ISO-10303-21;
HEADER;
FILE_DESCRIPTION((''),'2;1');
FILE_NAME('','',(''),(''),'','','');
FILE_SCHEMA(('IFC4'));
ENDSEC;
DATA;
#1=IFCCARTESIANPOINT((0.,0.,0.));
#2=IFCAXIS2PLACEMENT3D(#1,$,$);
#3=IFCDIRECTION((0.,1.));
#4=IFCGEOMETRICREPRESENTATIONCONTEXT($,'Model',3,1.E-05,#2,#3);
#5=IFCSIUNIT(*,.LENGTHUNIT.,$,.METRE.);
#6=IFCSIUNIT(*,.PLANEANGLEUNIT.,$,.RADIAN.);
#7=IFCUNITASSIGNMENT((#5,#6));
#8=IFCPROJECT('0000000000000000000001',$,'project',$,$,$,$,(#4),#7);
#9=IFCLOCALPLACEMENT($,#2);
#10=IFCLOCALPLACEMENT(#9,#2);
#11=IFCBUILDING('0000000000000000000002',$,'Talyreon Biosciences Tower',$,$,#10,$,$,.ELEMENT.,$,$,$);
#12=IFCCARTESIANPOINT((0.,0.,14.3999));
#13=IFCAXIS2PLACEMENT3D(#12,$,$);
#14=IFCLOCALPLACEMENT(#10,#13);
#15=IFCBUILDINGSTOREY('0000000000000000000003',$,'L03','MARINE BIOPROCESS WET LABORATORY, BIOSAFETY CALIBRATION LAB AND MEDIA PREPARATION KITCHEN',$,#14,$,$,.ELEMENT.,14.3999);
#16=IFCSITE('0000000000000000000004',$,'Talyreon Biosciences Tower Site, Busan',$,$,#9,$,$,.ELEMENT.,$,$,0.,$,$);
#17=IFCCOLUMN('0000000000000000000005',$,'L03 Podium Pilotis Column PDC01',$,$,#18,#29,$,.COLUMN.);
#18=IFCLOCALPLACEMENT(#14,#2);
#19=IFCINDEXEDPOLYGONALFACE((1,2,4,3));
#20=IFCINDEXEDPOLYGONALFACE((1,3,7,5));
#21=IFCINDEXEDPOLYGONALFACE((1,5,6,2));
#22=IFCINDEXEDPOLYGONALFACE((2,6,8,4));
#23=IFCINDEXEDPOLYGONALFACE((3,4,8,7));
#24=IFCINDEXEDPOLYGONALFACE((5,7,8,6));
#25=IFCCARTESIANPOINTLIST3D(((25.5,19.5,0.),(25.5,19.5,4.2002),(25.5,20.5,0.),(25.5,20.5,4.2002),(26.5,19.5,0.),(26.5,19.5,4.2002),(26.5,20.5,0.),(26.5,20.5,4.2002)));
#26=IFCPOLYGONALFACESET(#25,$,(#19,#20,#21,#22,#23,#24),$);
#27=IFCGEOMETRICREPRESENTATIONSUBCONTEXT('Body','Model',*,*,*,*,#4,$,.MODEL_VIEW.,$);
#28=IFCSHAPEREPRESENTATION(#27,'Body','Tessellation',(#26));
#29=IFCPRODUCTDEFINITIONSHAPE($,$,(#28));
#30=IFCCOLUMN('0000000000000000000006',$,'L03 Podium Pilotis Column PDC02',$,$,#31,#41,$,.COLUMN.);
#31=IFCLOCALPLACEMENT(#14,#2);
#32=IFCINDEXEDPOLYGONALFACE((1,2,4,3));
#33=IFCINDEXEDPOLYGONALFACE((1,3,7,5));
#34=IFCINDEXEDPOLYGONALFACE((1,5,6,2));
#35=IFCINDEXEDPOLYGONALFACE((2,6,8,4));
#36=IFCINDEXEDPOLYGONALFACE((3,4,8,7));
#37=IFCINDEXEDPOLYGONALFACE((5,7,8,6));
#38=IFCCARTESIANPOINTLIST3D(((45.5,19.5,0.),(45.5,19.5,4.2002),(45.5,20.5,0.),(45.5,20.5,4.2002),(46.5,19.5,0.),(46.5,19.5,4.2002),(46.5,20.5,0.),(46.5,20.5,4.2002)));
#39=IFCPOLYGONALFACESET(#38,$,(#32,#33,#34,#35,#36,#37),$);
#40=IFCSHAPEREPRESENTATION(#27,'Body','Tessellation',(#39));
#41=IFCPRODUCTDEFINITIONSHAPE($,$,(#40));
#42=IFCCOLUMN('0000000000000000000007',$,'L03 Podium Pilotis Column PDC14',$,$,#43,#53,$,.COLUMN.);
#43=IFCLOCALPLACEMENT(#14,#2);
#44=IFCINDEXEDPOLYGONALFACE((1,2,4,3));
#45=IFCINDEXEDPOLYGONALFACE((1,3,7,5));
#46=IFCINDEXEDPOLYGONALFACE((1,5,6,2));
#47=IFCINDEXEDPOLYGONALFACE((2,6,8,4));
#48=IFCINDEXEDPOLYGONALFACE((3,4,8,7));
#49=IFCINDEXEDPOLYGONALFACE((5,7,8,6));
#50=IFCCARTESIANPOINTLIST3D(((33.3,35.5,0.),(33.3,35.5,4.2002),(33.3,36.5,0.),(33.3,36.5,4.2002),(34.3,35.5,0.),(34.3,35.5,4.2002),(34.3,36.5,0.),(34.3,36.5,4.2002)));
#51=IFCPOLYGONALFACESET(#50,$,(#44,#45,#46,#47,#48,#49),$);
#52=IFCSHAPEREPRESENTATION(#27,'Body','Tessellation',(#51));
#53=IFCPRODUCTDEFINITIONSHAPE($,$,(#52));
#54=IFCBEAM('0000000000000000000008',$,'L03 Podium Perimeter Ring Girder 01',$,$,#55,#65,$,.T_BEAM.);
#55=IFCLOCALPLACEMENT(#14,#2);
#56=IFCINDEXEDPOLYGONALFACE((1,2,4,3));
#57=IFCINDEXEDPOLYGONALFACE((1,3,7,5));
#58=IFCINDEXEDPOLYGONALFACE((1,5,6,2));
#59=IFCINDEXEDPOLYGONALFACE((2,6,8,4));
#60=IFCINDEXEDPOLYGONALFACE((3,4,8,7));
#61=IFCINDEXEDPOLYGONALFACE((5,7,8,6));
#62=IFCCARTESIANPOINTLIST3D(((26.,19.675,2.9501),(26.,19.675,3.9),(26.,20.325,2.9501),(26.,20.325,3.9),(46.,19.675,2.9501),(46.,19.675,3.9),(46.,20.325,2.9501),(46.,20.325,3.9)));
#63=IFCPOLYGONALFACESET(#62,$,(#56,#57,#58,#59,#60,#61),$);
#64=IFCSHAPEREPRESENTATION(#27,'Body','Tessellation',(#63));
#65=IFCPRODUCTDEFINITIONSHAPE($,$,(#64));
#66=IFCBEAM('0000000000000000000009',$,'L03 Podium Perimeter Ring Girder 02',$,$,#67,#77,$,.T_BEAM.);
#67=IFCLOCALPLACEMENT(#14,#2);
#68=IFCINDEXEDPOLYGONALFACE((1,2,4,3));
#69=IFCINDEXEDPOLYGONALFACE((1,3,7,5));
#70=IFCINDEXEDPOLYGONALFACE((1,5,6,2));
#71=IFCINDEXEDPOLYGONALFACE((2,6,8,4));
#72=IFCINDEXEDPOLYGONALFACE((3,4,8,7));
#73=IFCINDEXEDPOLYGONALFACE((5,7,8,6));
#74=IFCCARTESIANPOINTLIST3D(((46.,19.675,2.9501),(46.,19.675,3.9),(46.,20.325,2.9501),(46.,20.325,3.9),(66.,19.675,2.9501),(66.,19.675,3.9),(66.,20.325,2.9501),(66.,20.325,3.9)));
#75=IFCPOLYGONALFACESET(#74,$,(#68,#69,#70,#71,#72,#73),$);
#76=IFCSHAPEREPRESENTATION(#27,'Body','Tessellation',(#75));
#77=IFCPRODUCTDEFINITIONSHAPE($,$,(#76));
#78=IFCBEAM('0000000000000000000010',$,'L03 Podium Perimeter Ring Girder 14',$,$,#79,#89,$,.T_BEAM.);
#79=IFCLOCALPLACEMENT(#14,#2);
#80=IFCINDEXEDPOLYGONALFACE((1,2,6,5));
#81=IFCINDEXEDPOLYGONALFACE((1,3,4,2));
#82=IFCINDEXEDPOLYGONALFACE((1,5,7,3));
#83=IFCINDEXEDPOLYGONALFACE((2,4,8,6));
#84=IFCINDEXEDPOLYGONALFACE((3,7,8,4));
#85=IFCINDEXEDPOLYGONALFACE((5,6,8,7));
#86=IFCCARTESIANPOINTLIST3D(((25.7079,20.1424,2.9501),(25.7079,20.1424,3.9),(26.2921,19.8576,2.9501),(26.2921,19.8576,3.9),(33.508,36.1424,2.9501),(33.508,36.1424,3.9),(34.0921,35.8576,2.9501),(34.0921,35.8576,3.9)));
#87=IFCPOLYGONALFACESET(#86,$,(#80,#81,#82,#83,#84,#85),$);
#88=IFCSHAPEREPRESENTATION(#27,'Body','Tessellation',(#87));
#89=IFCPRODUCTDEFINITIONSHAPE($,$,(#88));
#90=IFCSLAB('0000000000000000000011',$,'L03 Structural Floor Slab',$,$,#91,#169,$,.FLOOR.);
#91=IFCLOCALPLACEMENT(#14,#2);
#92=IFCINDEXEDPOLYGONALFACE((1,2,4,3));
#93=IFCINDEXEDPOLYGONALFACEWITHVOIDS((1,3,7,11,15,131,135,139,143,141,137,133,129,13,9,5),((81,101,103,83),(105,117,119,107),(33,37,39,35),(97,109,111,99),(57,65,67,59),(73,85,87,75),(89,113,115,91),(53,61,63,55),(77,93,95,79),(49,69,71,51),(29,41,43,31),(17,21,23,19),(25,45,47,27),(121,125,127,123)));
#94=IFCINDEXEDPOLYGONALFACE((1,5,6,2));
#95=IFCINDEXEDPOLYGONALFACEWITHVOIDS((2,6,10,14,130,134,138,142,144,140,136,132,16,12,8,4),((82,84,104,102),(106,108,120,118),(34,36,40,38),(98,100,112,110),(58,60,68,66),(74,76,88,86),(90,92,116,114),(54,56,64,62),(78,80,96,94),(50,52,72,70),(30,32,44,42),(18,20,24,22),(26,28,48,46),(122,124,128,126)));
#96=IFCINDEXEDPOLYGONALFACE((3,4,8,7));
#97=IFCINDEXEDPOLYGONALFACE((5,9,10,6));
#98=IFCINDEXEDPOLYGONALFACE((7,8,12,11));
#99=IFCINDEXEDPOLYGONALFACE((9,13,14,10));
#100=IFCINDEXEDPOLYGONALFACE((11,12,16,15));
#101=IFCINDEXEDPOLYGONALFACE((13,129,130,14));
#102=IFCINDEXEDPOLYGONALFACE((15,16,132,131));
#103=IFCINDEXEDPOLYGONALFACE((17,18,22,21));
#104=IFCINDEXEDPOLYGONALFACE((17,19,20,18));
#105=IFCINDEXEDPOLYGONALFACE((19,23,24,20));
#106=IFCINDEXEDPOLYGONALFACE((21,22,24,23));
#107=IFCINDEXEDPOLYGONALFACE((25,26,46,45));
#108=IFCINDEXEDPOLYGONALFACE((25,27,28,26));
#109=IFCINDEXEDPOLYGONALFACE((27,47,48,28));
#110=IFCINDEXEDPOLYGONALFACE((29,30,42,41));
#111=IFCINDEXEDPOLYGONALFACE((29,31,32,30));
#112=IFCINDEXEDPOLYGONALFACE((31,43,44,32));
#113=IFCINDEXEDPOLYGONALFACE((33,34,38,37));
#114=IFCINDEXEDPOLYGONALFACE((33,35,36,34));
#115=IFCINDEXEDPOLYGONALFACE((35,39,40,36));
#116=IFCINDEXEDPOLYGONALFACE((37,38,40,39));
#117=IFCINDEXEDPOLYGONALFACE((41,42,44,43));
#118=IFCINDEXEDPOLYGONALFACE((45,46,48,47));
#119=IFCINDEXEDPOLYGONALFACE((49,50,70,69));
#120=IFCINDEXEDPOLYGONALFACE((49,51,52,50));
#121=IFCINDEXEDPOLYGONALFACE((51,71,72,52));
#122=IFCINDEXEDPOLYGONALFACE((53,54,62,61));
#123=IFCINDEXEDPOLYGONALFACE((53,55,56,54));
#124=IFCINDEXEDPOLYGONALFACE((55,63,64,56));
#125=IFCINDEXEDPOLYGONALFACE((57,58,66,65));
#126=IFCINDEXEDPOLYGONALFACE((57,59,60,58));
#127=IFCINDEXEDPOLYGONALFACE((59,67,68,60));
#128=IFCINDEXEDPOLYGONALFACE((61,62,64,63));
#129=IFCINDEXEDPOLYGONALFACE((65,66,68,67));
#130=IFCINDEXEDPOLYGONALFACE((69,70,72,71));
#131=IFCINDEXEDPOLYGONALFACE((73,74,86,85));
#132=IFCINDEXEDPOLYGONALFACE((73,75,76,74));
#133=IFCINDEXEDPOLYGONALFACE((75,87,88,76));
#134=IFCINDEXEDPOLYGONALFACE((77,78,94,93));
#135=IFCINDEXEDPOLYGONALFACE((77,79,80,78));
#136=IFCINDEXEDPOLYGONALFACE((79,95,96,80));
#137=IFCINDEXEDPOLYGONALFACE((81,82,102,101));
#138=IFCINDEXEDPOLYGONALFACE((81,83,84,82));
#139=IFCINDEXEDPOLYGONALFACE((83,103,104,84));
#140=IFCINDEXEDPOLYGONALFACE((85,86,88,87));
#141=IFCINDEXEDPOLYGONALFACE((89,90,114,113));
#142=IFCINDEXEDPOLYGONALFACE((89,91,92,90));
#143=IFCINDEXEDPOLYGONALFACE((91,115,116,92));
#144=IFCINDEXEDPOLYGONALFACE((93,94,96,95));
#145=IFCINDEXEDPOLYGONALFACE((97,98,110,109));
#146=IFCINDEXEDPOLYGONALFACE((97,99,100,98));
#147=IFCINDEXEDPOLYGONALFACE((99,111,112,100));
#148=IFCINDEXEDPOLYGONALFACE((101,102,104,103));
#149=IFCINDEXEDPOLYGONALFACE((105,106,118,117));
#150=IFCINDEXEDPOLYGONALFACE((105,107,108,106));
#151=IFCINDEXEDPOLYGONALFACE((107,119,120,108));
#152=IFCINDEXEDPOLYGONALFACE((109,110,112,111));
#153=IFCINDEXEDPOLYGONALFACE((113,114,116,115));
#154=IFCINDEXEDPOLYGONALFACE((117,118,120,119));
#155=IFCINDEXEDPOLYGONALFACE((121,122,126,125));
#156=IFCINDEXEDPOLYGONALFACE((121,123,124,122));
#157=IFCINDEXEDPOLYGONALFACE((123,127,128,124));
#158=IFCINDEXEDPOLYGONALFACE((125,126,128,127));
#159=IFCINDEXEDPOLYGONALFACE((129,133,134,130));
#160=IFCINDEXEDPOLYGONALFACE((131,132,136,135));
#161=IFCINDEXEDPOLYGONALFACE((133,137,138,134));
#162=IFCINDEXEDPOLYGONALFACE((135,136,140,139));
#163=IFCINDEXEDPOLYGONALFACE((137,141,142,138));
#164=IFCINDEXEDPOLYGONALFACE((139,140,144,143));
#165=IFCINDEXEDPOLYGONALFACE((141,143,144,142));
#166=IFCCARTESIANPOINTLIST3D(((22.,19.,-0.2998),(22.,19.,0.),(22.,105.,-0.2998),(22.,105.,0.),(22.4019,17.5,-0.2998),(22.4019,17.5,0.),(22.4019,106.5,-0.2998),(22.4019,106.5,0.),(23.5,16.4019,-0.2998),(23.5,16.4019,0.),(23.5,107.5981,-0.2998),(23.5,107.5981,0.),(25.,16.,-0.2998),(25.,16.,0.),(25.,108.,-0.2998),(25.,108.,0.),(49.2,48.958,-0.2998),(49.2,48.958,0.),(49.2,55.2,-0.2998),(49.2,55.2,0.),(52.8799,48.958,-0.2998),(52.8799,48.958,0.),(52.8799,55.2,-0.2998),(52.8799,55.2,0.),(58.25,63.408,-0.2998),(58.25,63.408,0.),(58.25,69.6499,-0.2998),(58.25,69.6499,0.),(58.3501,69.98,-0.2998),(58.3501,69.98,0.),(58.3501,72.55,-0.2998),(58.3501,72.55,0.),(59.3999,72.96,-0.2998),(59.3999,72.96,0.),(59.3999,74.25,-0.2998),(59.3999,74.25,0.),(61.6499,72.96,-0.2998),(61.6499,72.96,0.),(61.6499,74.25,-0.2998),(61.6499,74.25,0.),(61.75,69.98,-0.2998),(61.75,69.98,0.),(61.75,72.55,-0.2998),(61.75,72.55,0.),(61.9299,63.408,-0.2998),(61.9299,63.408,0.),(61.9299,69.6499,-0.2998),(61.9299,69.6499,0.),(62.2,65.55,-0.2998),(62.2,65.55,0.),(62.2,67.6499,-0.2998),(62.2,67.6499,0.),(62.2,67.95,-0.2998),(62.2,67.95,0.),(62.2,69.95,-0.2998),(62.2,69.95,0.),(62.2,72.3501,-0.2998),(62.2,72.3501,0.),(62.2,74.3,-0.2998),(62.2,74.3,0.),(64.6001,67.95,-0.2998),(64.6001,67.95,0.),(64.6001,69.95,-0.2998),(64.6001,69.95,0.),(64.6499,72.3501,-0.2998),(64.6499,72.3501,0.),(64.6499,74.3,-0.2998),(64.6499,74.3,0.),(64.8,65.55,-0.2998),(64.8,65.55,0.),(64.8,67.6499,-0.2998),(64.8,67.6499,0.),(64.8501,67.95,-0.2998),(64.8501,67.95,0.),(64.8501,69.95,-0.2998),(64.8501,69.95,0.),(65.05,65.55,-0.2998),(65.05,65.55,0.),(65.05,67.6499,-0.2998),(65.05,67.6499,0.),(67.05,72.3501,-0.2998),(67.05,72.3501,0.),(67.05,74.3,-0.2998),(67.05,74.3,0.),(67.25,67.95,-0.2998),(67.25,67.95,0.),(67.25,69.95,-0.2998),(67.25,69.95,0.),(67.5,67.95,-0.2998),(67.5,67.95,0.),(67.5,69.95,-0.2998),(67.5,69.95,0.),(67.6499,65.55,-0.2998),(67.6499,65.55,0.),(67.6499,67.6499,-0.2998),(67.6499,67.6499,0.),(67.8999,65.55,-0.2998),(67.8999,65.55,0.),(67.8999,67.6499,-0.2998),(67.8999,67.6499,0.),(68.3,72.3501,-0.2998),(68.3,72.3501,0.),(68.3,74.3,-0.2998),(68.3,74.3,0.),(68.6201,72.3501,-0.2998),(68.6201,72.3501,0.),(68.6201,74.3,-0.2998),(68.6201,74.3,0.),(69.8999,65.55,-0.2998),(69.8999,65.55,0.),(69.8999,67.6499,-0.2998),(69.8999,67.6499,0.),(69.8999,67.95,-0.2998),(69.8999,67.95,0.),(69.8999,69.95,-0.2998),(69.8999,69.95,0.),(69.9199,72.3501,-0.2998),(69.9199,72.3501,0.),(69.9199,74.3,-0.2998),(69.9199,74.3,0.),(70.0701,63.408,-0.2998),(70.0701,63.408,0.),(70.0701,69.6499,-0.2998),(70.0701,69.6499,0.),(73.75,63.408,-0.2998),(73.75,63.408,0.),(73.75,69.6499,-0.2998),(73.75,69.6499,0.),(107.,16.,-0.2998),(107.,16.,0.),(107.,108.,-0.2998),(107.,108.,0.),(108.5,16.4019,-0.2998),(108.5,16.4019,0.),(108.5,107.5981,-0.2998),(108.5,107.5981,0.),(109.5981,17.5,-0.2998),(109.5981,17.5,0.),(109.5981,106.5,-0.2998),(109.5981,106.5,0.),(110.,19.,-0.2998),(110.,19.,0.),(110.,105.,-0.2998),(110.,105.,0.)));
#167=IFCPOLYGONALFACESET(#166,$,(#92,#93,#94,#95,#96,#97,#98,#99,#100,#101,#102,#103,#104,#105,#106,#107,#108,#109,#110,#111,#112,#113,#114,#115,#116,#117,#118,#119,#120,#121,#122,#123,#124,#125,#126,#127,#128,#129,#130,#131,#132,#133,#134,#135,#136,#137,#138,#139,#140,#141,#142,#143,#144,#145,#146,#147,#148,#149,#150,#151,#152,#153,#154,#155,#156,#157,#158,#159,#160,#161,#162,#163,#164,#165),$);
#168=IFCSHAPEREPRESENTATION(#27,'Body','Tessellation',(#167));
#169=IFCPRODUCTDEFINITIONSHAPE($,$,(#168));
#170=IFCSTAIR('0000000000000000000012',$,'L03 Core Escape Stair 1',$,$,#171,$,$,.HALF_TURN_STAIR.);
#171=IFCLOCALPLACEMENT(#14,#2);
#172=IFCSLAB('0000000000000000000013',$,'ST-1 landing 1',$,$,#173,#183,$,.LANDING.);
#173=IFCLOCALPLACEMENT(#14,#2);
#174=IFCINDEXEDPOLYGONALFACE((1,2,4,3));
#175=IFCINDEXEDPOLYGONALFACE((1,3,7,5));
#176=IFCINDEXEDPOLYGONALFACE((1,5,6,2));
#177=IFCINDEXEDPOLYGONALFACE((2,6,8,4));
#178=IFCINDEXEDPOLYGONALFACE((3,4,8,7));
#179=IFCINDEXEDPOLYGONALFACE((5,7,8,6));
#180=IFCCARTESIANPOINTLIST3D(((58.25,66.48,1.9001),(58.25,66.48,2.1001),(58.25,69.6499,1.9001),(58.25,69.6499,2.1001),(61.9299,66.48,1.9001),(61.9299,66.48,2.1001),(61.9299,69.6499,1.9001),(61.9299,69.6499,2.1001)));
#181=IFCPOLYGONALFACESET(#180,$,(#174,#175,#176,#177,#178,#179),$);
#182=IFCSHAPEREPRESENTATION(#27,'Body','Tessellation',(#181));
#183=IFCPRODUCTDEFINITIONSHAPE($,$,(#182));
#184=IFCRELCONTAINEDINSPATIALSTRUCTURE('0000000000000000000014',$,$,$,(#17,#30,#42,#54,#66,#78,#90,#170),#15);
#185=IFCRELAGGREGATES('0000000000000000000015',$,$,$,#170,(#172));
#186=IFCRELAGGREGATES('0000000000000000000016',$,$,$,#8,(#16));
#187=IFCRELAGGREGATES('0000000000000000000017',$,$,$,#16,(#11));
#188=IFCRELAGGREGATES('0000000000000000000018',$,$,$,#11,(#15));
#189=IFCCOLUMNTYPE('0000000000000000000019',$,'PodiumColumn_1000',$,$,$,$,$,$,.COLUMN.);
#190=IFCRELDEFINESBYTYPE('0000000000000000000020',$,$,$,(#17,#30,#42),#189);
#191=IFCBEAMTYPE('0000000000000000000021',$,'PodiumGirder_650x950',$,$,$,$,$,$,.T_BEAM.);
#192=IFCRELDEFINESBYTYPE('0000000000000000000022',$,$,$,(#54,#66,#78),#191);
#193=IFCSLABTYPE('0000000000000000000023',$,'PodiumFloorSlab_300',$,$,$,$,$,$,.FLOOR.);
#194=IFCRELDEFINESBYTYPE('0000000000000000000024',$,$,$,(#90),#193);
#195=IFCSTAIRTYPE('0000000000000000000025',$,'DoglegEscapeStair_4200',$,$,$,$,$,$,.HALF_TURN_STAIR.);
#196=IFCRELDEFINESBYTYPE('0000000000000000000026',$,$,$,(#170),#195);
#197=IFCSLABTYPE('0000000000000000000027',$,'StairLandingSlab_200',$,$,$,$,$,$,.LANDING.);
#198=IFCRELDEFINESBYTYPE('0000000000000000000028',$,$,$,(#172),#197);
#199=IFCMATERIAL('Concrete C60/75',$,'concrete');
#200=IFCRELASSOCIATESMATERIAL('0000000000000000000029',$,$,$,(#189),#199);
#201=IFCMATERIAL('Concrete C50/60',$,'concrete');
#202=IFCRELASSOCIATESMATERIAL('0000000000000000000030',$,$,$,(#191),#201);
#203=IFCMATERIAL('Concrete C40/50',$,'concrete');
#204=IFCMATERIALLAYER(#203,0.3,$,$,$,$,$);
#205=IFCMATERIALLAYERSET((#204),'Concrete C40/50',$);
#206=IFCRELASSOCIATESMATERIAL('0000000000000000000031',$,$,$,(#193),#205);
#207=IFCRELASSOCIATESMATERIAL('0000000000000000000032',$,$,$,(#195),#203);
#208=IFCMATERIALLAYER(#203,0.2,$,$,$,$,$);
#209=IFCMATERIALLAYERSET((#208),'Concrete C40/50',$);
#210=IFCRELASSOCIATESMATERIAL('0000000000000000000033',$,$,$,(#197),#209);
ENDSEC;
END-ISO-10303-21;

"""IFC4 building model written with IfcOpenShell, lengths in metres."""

from ifc_helpers import new_model, si_unit, direction, frame, origin, origin_2d, place, context, subcontext, project, spatial, polyline, rectangle, outline, extrude, material, layer, layer_set, material_profile, profile_set, type_object, element, aggregate, save


model = new_model("IFC4")

# Units and contexts
model_context = context("Model", 3, precision=1e-05, world=origin(), true_north=direction((0.0, 1.0)))
body_context = subcontext(model_context, "Body", "Model", "MODEL_VIEW")
ifc_project = project(units=[si_unit("LENGTHUNIT", "METRE"), si_unit("PLANEANGLEUNIT", "RADIAN")], contexts=[model_context])

# Site, building, storey
site_placement = place(None, origin())
site = spatial("IfcSite", under=ifc_project, at=site_placement, Name="Talyreon Biosciences Tower Site, Busan", CompositionType="ELEMENT", RefElevation=0.0)
building_placement = place(site_placement, origin())
building = spatial("IfcBuilding", under=site, at=building_placement, Name="Talyreon Biosciences Tower", CompositionType="ELEMENT")
storey_placement = place(building_placement, frame((0.0, 0.0, 14.3999)))
storey = spatial("IfcBuildingStorey", under=building, at=storey_placement, Name="L03", Description="MARINE BIOPROCESS WET LABORATORY, BIOSAFETY CALIBRATION LAB AND MEDIA PREPARATION KITCHEN", CompositionType="ELEMENT", Elevation=14.3999)

# Columns
ifc_material_1 = material(Name="Concrete C60/75", Category="concrete")
ifc_material_profile_1 = material_profile(ifc_material_1, rectangle(XDim=1.0, YDim=1.0, at=origin_2d()), Name="RC 1000x1000")
ifc_profile_set_1 = profile_set([ifc_material_profile_1], Name="Concrete C60/75")
column_type = type_object("IfcColumnType", Name="PodiumColumn_1000", PredefinedType="COLUMN", material=ifc_profile_set_1)
for number, where, z_axis, x_axis, name in (
    (1, (26.0, 20.0, 0.0), (0.0, 0.0, 1.0), (1.0, 0.0, 0.0), "L03 Podium Pilotis Column PDC01"),
    (2, (46.0, 20.0, 0.0), (0.0, 0.0, 1.0), (1.0, 0.0, 0.0), "L03 Podium Pilotis Column PDC02"),
    (3, (33.8, 36.0, 0.0), (0.0, 0.0, 1.0), (1.0, 0.0, 0.0), "L03 Podium Pilotis Column PDC14"),
):
    element("IfcColumn", number, at=place(storey_placement, frame(where, z_axis=z_axis, x_axis=x_axis)), inside=storey, type_object=column_type, Name=name, PredefinedType="COLUMN", context=body_context, shape_type="SweptSolid", body=[
        extrude(rectangle(XDim=1.0, YDim=1.0, at=origin_2d()), origin(), (0.0, 0.0, 1.0), 4.2002),
    ])

# Beams
ifc_material_2 = material(Name="Concrete C50/60", Category="concrete")
ifc_material_profile_2 = material_profile(ifc_material_2, rectangle(XDim=0.6499, YDim=0.95, at=origin_2d()), Name="RCB 650x950")
ifc_profile_set_2 = profile_set([ifc_material_profile_2], Name="Concrete C50/60")
beam_type = type_object("IfcBeamType", Name="PodiumGirder_650x950", PredefinedType="T_BEAM", material=ifc_profile_set_2)
for number, where, z_axis, x_axis, name in (
    (4, (26.0, 20.0, 3.425), (1.0, 0.0, 0.0), (0.0, 1.0, 0.0), "L03 Podium Perimeter Ring Girder 01"),
    (5, (46.0, 20.0, 3.425), (1.0, 0.0, 0.0), (0.0, 1.0, 0.0), "L03 Podium Perimeter Ring Girder 02"),
):
    element("IfcBeam", number, at=place(storey_placement, frame(where, z_axis=z_axis, x_axis=x_axis)), inside=storey, type_object=beam_type, Name=name, PredefinedType="T_BEAM", context=body_context, shape_type="SweptSolid", body=[
        extrude(rectangle(XDim=0.6499, YDim=0.95, at=origin_2d()), origin(), (0.0, 0.0, 1.0), 20.0),
    ])
beam_placement = place(storey_placement, frame((33.8, 36.0, 3.425), z_axis=(-0.438204, -0.898875, 0.0), x_axis=(0.898875, -0.438204, 0.0)))
element("IfcBeam", 6, at=beam_placement, inside=storey, type_object=beam_type, Name="L03 Podium Perimeter Ring Girder 14", PredefinedType="T_BEAM", context=body_context, shape_type="SweptSolid", body=[
    extrude(rectangle(XDim=0.6499, YDim=0.95, at=origin_2d()), origin(), (0.0, 0.0, 1.0), 17.8),
])

# Slab
ifc_material_3 = material(Name="Concrete C40/50", Category="concrete")
ifc_layer_1 = layer(ifc_material_3, 0.3)
ifc_layer_set_1 = layer_set([ifc_layer_1], Name="Concrete C40/50")
slab_type_1 = type_object("IfcSlabType", Name="PodiumFloorSlab_300", PredefinedType="FLOOR", material=ifc_layer_set_1)
slab_1_placement = place(storey_placement, frame((0.0, 0.0, -0.2998)))
element("IfcSlab", 7, at=slab_1_placement, inside=storey, type_object=slab_type_1, Name="L03 Structural Floor Slab", PredefinedType="FLOOR", context=body_context, shape_type="SweptSolid", body=[
    extrude(outline(polyline([(107.0, 16.0), (25.0, 16.0), (23.5, 16.4019), (22.4019, 17.5), (22.0, 19.0), (22.0, 105.0), (22.4019, 106.5), (23.5, 107.5981), (25.0, 108.0), (107.0, 108.0), (108.5, 107.5981), (109.5981, 106.5), (110.0, 105.0), (110.0, 19.0), (109.5981, 17.5), (108.5, 16.4019), (107.0, 16.0)]), holes=[polyline([(52.8799, 55.2), (52.8799, 48.958), (49.2, 48.958), (49.2, 55.2), (52.8799, 55.2)]), polyline([(61.9299, 63.408), (58.25, 63.408), (58.25, 69.6499), (61.9299, 69.6499), (61.9299, 63.408)]), polyline([(64.8, 65.55), (62.2, 65.55), (62.2, 67.6499), (64.8, 67.6499), (64.8, 65.55)]), polyline([(64.6001, 67.95), (62.2, 67.95), (62.2, 69.95), (64.6001, 69.95), (64.6001, 67.95)]), polyline([(61.75, 69.98), (58.3501, 69.98), (58.3501, 72.55), (61.75, 72.55), (61.75, 69.98)]), polyline([(64.6499, 72.3501), (62.2, 72.3501), (62.2, 74.3), (64.6499, 74.3), (64.6499, 72.3501)]), polyline([(61.6499, 72.96), (59.3999, 72.96), (59.3999, 74.25), (61.6499, 74.25), (61.6499, 72.96)]), polyline([(73.75, 69.6499), (73.75, 63.408), (70.0701, 63.408), (70.0701, 69.6499), (73.75, 69.6499)]), polyline([(67.6499, 65.55), (65.05, 65.55), (65.05, 67.6499), (67.6499, 67.6499), (67.6499, 65.55)]), polyline([(69.8999, 65.55), (67.8999, 65.55), (67.8999, 67.6499), (69.8999, 67.6499), (69.8999, 65.55)]), polyline([(67.25, 67.95), (64.8501, 67.95), (64.8501, 69.95), (67.25, 69.95), (67.25, 67.95)]), polyline([(69.8999, 67.95), (67.5, 67.95), (67.5, 69.95), (69.8999, 69.95), (69.8999, 67.95)]), polyline([(68.3, 72.3501), (67.05, 72.3501), (67.05, 74.3), (68.3, 74.3), (68.3, 72.3501)]), polyline([(69.9199, 72.3501), (68.6201, 72.3501), (68.6201, 74.3), (69.9199, 74.3), (69.9199, 72.3501)])]), origin(), (0.0, 0.0, 1.0), 0.2998),
])

# Stair, slab
stair_type = type_object("IfcStairType", Name="DoglegEscapeStair_4200", PredefinedType="HALF_TURN_STAIR", material=ifc_material_3)
stair_1_placement = place(storey_placement, origin())
stair_1 = element("IfcStair", 8, at=stair_1_placement, inside=storey, type_object=stair_type, Name="L03 Core Escape Stair 1", PredefinedType="HALF_TURN_STAIR")
ifc_layer_2 = layer(ifc_material_3, 0.2)
ifc_layer_set_2 = layer_set([ifc_layer_2], Name="Concrete C40/50")
slab_type_2 = type_object("IfcSlabType", Name="StairLandingSlab_200", PredefinedType="LANDING", material=ifc_layer_set_2)
slab_2_placement = place(storey_placement, frame((0.0, 0.0, 1.9001)))
slab_2 = element("IfcSlab", 9, at=slab_2_placement, type_object=slab_type_2, Name="ST-1 landing 1", PredefinedType="LANDING", context=body_context, shape_type="SweptSolid", body=[
    extrude(outline(polyline([(61.9299, 66.48), (61.9299, 69.6499), (58.25, 69.6499), (58.25, 66.48), (61.9299, 66.48)])), origin(), (0.0, 0.0, 1.0), 0.2),
])
aggregate(stair_1, [slab_2])

save(model, "model.ifc")
